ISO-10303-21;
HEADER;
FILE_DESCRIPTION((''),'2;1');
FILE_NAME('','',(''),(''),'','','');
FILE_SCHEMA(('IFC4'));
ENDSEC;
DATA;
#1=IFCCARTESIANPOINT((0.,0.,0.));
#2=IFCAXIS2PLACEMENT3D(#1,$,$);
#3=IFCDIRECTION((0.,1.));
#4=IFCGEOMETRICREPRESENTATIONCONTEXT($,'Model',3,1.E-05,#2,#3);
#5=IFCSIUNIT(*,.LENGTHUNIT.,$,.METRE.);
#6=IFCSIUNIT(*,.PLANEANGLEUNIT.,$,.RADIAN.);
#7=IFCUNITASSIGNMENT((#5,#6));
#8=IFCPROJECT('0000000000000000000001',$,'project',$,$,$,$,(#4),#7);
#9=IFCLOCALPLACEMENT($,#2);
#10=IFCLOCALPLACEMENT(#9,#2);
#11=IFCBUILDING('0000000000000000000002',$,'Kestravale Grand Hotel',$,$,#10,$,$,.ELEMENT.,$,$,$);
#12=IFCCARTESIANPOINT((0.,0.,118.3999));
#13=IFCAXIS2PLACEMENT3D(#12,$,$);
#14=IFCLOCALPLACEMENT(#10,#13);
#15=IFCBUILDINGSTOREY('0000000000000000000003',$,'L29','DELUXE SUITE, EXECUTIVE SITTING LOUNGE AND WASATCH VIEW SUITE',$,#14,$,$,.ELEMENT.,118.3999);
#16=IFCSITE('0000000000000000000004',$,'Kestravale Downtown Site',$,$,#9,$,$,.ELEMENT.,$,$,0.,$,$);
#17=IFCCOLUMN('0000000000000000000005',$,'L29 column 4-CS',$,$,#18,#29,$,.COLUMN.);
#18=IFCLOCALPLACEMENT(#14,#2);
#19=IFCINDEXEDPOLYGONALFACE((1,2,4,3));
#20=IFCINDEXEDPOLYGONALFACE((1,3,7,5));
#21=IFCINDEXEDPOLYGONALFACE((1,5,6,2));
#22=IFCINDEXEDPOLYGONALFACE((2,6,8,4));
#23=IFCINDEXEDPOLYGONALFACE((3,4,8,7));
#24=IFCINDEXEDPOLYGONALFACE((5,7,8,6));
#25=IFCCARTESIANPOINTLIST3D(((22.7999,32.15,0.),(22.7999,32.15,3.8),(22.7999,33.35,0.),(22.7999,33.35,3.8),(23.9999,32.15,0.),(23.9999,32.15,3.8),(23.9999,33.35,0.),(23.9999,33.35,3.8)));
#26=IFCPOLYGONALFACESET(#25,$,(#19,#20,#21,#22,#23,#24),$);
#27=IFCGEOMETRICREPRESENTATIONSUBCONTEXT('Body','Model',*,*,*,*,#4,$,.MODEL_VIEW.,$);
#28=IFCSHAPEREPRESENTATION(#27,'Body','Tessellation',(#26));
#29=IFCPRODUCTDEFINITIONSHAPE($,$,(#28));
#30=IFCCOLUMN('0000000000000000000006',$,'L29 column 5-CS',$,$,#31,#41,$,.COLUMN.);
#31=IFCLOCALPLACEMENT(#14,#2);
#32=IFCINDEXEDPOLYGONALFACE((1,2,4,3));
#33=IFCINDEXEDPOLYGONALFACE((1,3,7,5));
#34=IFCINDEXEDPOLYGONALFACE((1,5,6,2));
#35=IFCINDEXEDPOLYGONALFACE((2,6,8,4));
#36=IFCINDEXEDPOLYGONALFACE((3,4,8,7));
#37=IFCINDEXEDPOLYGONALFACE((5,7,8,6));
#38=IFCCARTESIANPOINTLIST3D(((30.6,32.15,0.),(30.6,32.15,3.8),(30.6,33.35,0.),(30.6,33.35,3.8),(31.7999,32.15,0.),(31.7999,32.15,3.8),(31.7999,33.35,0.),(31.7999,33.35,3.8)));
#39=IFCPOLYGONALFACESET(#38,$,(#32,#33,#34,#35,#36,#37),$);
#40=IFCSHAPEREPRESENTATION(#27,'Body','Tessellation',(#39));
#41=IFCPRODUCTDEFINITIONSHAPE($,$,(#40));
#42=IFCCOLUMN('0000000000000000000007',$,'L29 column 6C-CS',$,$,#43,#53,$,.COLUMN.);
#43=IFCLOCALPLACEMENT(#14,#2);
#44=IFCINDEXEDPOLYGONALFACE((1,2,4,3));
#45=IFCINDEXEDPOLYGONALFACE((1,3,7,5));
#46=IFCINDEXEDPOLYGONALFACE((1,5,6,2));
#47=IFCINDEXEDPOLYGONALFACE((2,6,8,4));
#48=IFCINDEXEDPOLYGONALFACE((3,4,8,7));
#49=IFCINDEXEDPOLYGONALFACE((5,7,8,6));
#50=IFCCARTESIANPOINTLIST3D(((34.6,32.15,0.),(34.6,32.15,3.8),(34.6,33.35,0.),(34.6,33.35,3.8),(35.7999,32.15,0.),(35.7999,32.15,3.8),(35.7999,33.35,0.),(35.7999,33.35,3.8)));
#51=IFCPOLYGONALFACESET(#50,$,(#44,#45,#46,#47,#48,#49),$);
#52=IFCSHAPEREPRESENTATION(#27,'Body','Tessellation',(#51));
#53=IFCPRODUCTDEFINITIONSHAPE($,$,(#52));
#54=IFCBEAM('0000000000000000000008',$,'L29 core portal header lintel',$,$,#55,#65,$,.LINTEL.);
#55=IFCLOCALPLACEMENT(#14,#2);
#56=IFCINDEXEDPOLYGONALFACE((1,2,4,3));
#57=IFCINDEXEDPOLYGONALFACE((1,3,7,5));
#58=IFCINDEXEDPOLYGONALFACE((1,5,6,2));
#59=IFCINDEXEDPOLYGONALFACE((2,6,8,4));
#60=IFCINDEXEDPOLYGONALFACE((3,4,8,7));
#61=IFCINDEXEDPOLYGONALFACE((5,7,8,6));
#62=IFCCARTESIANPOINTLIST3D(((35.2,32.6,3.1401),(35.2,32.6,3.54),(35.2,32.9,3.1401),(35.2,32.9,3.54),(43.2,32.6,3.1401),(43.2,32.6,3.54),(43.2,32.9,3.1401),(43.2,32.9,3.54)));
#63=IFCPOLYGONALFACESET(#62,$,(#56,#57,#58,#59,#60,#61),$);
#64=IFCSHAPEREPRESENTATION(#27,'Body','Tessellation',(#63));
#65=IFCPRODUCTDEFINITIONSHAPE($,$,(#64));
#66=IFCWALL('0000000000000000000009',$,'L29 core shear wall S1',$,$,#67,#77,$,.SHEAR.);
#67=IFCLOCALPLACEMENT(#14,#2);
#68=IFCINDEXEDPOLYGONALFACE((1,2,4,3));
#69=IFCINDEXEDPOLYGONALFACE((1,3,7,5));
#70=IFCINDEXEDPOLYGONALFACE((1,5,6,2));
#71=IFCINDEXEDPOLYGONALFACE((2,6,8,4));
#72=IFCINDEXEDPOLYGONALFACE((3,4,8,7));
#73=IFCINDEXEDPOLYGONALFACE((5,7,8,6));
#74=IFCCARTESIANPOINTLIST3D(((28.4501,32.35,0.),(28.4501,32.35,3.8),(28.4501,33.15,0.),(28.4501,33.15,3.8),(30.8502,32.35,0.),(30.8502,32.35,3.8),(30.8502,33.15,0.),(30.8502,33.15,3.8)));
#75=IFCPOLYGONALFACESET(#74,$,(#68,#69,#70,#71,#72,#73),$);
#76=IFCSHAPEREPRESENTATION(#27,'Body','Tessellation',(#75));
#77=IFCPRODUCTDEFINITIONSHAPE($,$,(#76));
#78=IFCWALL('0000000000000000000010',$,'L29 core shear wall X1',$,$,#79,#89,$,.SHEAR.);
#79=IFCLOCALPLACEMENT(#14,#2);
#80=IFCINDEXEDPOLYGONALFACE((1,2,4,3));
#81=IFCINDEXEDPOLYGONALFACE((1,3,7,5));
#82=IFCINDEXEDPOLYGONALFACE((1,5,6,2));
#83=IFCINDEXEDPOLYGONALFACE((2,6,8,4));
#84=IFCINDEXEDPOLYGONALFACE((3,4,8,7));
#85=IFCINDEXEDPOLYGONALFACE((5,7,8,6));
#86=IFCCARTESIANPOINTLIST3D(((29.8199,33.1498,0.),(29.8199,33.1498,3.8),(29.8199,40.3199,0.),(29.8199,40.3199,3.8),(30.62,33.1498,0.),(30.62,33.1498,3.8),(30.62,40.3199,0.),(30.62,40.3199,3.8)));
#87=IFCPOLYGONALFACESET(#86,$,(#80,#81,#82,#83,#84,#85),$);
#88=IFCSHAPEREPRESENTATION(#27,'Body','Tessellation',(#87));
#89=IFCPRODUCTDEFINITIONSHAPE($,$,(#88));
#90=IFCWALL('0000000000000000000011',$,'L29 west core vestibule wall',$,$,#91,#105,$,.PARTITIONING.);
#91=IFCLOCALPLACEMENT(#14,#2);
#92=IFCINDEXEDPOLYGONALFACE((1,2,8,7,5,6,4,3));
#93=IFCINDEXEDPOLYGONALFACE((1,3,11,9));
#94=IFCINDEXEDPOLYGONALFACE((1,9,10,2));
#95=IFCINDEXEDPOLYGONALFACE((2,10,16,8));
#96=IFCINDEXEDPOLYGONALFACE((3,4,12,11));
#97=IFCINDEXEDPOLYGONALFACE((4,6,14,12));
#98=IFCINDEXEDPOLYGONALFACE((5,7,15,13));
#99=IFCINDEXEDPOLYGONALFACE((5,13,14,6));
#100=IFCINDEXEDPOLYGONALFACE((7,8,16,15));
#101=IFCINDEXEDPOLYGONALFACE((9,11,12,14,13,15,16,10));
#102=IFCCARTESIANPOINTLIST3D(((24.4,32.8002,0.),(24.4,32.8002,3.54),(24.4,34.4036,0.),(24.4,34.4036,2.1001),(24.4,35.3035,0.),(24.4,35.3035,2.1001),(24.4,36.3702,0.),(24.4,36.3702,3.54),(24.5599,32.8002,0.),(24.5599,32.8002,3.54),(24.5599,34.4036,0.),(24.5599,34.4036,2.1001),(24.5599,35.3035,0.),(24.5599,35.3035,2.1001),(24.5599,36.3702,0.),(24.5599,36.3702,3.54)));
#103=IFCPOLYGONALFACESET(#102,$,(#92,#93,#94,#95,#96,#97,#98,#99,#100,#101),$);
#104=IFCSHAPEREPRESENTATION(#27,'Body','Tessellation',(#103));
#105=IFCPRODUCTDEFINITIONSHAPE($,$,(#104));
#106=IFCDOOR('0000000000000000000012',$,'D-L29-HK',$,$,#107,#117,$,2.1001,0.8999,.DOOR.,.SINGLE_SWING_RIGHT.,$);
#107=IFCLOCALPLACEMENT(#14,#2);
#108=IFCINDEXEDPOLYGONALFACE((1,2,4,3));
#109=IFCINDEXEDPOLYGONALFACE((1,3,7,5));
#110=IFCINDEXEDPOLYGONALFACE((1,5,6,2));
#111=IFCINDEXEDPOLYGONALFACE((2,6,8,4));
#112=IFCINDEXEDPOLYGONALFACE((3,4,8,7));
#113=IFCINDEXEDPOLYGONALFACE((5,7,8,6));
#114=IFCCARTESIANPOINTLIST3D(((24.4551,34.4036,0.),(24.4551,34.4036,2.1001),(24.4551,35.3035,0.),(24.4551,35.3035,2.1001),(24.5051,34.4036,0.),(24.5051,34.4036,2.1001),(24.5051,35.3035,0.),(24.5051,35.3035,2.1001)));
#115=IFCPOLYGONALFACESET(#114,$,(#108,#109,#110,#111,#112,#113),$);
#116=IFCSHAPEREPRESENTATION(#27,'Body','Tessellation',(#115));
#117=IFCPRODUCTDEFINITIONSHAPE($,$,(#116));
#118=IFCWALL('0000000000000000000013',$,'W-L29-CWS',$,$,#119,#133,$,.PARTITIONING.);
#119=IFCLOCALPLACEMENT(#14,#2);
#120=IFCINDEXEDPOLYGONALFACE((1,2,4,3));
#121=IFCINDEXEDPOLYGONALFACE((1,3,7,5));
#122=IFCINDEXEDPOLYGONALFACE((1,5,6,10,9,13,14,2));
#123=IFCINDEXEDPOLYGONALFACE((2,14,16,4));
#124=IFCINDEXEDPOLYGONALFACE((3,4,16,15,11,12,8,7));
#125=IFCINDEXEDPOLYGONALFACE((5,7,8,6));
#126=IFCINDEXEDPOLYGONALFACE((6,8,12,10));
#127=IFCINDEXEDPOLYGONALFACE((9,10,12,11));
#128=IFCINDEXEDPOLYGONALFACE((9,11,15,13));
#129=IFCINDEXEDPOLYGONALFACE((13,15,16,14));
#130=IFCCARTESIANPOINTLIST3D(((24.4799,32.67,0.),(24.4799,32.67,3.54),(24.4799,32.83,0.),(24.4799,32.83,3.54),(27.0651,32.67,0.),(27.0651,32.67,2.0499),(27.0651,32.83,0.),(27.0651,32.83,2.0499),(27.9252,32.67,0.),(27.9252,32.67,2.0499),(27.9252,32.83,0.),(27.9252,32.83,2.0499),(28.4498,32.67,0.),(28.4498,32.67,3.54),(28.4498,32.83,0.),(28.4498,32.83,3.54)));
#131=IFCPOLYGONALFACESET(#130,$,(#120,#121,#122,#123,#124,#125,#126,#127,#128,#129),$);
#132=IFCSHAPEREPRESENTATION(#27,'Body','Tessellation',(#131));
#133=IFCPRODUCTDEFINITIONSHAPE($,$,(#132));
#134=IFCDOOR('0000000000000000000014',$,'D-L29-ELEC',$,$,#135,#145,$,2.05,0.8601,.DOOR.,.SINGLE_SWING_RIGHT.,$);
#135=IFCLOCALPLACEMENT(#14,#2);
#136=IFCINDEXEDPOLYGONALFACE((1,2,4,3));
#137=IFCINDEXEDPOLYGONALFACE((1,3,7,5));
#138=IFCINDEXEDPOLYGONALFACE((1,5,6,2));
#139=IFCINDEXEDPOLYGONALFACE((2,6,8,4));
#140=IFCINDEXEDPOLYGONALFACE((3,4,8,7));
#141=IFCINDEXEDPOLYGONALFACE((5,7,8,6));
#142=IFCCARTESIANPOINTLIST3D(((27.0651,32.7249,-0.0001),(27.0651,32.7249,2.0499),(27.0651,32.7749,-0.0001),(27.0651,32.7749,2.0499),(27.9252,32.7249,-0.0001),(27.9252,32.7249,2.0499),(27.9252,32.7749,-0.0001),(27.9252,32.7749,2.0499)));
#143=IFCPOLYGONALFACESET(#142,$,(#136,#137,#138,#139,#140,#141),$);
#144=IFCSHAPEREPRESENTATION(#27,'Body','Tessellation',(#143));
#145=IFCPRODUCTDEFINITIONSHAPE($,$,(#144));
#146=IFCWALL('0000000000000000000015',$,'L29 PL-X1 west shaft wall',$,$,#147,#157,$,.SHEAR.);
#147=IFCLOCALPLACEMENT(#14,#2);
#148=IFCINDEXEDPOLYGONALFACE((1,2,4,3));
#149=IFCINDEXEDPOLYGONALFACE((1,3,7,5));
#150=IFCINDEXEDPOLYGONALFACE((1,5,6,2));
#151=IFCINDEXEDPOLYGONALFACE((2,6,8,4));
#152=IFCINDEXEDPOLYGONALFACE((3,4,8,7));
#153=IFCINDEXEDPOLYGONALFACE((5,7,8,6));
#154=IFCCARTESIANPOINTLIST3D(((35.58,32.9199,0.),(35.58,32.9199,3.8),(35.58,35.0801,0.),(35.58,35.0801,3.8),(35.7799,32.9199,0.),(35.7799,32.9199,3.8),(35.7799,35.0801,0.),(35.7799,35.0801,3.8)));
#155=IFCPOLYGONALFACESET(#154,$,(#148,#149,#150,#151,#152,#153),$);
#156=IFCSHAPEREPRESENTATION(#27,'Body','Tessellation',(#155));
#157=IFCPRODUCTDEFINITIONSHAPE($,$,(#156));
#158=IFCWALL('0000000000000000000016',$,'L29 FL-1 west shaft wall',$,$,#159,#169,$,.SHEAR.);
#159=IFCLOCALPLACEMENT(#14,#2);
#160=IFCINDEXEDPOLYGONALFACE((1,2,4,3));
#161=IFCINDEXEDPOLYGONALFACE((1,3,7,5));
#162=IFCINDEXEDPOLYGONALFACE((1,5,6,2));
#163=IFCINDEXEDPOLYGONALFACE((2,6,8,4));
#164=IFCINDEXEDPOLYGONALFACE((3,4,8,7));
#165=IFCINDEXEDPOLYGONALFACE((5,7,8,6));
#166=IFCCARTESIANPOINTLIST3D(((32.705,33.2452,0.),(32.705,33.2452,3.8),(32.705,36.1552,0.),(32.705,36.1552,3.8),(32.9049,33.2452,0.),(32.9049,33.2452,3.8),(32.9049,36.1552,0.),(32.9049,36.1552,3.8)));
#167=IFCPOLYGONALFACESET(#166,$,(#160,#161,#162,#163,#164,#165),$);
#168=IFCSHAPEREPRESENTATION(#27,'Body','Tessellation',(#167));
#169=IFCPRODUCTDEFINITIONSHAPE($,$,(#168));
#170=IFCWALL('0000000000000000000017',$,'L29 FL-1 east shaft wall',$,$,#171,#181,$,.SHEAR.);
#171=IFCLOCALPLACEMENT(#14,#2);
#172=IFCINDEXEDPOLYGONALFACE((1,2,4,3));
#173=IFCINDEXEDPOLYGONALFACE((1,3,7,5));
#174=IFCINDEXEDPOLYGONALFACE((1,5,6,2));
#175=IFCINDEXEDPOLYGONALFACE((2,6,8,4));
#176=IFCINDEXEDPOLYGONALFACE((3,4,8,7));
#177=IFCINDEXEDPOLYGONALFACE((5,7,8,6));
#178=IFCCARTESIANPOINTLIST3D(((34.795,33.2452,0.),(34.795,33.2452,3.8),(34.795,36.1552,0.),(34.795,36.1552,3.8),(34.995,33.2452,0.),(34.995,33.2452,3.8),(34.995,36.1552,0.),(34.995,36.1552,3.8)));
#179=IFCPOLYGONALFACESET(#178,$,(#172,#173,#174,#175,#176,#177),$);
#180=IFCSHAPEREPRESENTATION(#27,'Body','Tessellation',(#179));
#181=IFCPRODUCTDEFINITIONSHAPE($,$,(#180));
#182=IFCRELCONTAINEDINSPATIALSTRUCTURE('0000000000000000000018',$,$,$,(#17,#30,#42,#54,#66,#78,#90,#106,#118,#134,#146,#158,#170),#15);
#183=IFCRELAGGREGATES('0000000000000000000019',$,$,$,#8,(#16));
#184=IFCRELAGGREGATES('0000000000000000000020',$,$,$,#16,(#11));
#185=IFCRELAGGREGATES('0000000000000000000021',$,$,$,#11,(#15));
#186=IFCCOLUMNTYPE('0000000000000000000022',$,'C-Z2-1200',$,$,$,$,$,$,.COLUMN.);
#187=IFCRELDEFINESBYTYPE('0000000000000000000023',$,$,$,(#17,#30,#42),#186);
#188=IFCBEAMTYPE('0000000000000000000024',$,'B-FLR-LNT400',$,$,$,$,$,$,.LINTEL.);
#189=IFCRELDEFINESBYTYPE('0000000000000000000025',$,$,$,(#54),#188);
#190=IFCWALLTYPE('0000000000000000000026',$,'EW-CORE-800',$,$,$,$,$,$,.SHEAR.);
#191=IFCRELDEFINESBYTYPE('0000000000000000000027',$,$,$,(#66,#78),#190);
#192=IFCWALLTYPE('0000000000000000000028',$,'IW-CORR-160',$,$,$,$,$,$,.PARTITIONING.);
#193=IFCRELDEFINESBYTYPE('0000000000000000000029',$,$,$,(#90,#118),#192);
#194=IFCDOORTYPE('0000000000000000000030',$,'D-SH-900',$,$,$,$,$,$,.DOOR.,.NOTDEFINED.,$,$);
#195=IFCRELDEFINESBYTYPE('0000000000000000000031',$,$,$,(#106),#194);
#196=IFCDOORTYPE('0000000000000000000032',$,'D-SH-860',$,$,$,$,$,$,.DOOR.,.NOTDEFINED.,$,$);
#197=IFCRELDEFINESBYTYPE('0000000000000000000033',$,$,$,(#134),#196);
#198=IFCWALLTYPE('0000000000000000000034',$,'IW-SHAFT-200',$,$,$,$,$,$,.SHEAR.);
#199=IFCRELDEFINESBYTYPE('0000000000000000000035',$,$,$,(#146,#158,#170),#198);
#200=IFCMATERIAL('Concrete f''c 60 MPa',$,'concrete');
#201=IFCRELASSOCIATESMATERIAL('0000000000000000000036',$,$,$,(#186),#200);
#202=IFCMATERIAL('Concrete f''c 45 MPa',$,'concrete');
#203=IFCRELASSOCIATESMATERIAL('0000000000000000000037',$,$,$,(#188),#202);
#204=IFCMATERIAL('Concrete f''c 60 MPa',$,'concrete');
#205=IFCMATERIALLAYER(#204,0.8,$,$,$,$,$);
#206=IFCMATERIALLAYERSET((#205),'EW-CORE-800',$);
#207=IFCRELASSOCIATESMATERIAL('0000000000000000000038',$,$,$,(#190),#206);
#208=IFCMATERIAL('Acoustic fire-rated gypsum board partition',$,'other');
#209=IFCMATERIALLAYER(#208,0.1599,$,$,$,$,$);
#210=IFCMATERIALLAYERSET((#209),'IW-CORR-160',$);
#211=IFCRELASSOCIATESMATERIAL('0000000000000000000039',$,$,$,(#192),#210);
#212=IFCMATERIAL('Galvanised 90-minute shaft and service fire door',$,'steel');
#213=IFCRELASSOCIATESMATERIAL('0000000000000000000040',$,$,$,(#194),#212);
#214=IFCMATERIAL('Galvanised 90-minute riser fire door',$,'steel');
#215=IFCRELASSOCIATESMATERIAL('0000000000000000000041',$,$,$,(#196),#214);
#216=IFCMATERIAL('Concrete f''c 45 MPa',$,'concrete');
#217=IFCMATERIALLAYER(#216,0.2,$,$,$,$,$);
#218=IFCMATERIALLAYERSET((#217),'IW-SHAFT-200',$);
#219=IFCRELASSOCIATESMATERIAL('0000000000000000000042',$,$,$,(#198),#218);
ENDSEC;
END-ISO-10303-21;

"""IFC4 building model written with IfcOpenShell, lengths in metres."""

from ifc_helpers import new_model, si_unit, direction, frame, frame_2d, origin, origin_2d, place, context, subcontext, project, spatial, rectangle, extrude, material, layer, layer_set, material_profile, profile_set, type_object, element, fill, save


model = new_model("IFC4")

# Units and contexts
model_context = context("Model", 3, precision=1e-05, world=origin(), true_north=direction((0.0, 1.0)))
body_context = subcontext(model_context, "Body", "Model", "MODEL_VIEW")
ifc_project = project(units=[si_unit("LENGTHUNIT", "METRE"), si_unit("PLANEANGLEUNIT", "RADIAN")], contexts=[model_context])

# Site, building, storey
site_placement = place(None, origin())
site = spatial("IfcSite", under=ifc_project, at=site_placement, Name="Kestravale Downtown Site", CompositionType="ELEMENT", RefElevation=0.0)
building_placement = place(site_placement, origin())
building = spatial("IfcBuilding", under=site, at=building_placement, Name="Kestravale Grand Hotel", CompositionType="ELEMENT")
storey_placement = place(building_placement, frame((0.0, 0.0, 118.3999)))
storey = spatial("IfcBuildingStorey", under=building, at=storey_placement, Name="L29", Description="DELUXE SUITE, EXECUTIVE SITTING LOUNGE AND WASATCH VIEW SUITE", CompositionType="ELEMENT", Elevation=118.3999)

# Columns
ifc_material_1 = material(Name="Concrete f'c 60 MPa", Category="concrete")
ifc_material_profile_1 = material_profile(ifc_material_1, rectangle(XDim=1.2, YDim=1.2, at=origin_2d()))
ifc_profile_set_1 = profile_set([ifc_material_profile_1], Name="Concrete f'c 60 MPa")
column_type = type_object("IfcColumnType", Name="C-Z2-1200", PredefinedType="COLUMN", material=ifc_profile_set_1)
for number, where, z_axis, x_axis, name in (
    (1, (23.3999, 32.75, 0.0), (0.0, 0.0, 1.0), (1.0, 0.0, 0.0), "L29 column 4-CS"),
    (2, (31.2, 32.75, 0.0), (0.0, 0.0, 1.0), (1.0, 0.0, 0.0), "L29 column 5-CS"),
    (3, (35.2, 32.75, 0.0), (0.0, 0.0, 1.0), (1.0, 0.0, 0.0), "L29 column 6C-CS"),
):
    element("IfcColumn", number, at=place(storey_placement, frame(where, z_axis=z_axis, x_axis=x_axis)), inside=storey, type_object=column_type, Name=name, PredefinedType="COLUMN", context=body_context, shape_type="SweptSolid", body=[
        extrude(rectangle(XDim=1.2, YDim=1.2, at=origin_2d()), origin(), (0.0, 0.0, 1.0), 3.8),
    ])

# Beam
ifc_material_2 = material(Name="Concrete f'c 45 MPa", Category="concrete")
ifc_material_profile_2 = material_profile(ifc_material_2, rectangle(XDim=0.3, YDim=0.3999, at=origin_2d()))
ifc_profile_set_2 = profile_set([ifc_material_profile_2], Name="Concrete f'c 45 MPa")
beam_type = type_object("IfcBeamType", Name="B-FLR-LNT400", PredefinedType="LINTEL", material=ifc_profile_set_2)
beam_placement = place(storey_placement, frame((35.2, 32.75, 3.3401), z_axis=(1.0, 0.0, 0.0), x_axis=(0.0, 1.0, 0.0)))
element("IfcBeam", 4, at=beam_placement, inside=storey, type_object=beam_type, Name="L29 core portal header lintel", PredefinedType="LINTEL", context=body_context, shape_type="SweptSolid", body=[
    extrude(rectangle(XDim=0.3, YDim=0.3999, at=origin_2d()), origin(), (0.0, 0.0, 1.0), 8.0),
])

# Walls
ifc_material_3 = material(Name="Concrete f'c 60 MPa", Category="concrete")
ifc_layer_1 = layer(ifc_material_3, 0.8)
ifc_layer_set_1 = layer_set([ifc_layer_1], Name="EW-CORE-800")
wall_type_1 = type_object("IfcWallType", Name="EW-CORE-800", PredefinedType="SHEAR", material=ifc_layer_set_1)
wall_1_placement = place(storey_placement, frame((28.45, 32.75, 0.0), z_axis=(0.0, 0.0, 1.0), x_axis=(1.0, 0.0, 0.0)))
element("IfcWall", 5, at=wall_1_placement, inside=storey, type_object=wall_type_1, Name="L29 core shear wall S1", PredefinedType="SHEAR", context=body_context, shape_type="SweptSolid", body=[
    extrude(rectangle(XDim=2.4001, YDim=0.8, at=frame_2d((1.2002, 0.0))), origin(), (0.0, 0.0, 1.0), 3.8),
])
wall_2_placement = place(storey_placement, frame((30.22, 33.1499, 0.0), z_axis=(0.0, 0.0, 1.0), x_axis=(0.0, 1.0, 0.0)))
element("IfcWall", 6, at=wall_2_placement, inside=storey, type_object=wall_type_1, Name="L29 core shear wall X1", PredefinedType="SHEAR", context=body_context, shape_type="SweptSolid", body=[
    extrude(rectangle(XDim=7.1702, YDim=0.8, at=frame_2d((3.585, 0.0))), origin(), (0.0, 0.0, 1.0), 3.8),
])

# Walls, openings, doors
ifc_material_4 = material(Name="Acoustic fire-rated gypsum board partition", Category="other")
ifc_layer_2 = layer(ifc_material_4, 0.1599)
ifc_layer_set_2 = layer_set([ifc_layer_2], Name="IW-CORR-160")
wall_type_2 = type_object("IfcWallType", Name="IW-CORR-160", PredefinedType="PARTITIONING", material=ifc_layer_set_2)
wall_3_placement = place(storey_placement, frame((24.48, 32.8, 0.0), z_axis=(0.0, 0.0, 1.0), x_axis=(0.0, 1.0, 0.0)))
wall_3 = element("IfcWall", 7, at=wall_3_placement, inside=storey, type_object=wall_type_2, Name="L29 west core vestibule wall", PredefinedType="PARTITIONING", context=body_context, shape_type="SweptSolid", body=[
    extrude(rectangle(XDim=3.5701, YDim=0.1599, at=frame_2d((1.7852, 0.0))), origin(), (0.0, 0.0, 1.0), 3.54),
])
opening_1_placement = place(wall_3_placement, frame((1.6035, 0.0, 0.0)))
opening_1 = element("IfcOpeningElement", 8, at=opening_1_placement, cuts=wall_3, PredefinedType="OPENING", context=body_context, shape_type="SweptSolid", body=[
    extrude(rectangle(XDim=0.8999, YDim=2.1001, at=frame_2d((0.45, 1.05))), frame((0.0, 0.0898, 0.0), z_axis=(0.0, -1.0, 0.0), x_axis=(1.0, 0.0, 0.0)), (0.0, 0.0, 1.0), 0.1799),
])
ifc_material_5 = material(Name="Galvanised 90-minute shaft and service fire door", Category="steel")
door_type_1 = type_object("IfcDoorType", Name="D-SH-900", OperationType="NOTDEFINED", PredefinedType="DOOR", material=ifc_material_5)
door_1_placement = place(opening_1_placement, origin())
door_1 = element("IfcDoor", 9, at=door_1_placement, inside=storey, type_object=door_type_1, Name="D-L29-HK", OperationType="SINGLE_SWING_RIGHT", OverallHeight=2.1001, OverallWidth=0.8999, PredefinedType="DOOR", context=body_context, shape_type="SweptSolid", body=[
    extrude(rectangle(XDim=0.8999, YDim=2.1001, at=frame_2d((0.45, 1.05))), frame((0.0, 0.0249, 0.0), z_axis=(0.0, -1.0, 0.0), x_axis=(1.0, 0.0, 0.0)), (0.0, 0.0, 1.0), 0.05),
])
fill(opening_1, door_1)
wall_4_placement = place(storey_placement, frame((24.48, 32.75, 0.0), z_axis=(0.0, 0.0, 1.0), x_axis=(1.0, 0.0, 0.0)))
wall_4 = element("IfcWall", 10, at=wall_4_placement, inside=storey, type_object=wall_type_2, Name="W-L29-CWS", PredefinedType="PARTITIONING", context=body_context, shape_type="SweptSolid", body=[
    extrude(rectangle(XDim=3.97, YDim=0.1599, at=frame_2d((1.9849, 0.0))), origin(), (0.0, 0.0, 1.0), 3.54),
])
opening_2_placement = place(wall_4_placement, frame((2.585, 0.0, 0.0)))
opening_2 = element("IfcOpeningElement", 11, at=opening_2_placement, cuts=wall_4, PredefinedType="OPENING", context=body_context, shape_type="SweptSolid", body=[
    extrude(rectangle(XDim=0.8601, YDim=2.05, at=frame_2d((0.4302, 1.0249))), frame((0.0, 0.0898, 0.0), z_axis=(0.0, -1.0, 0.0), x_axis=(1.0, 0.0, 0.0)), (0.0, 0.0, 1.0), 0.1799),
])
ifc_material_6 = material(Name="Galvanised 90-minute riser fire door", Category="steel")
door_type_2 = type_object("IfcDoorType", Name="D-SH-860", OperationType="NOTDEFINED", PredefinedType="DOOR", material=ifc_material_6)
door_2_placement = place(opening_2_placement, origin())
door_2 = element("IfcDoor", 12, at=door_2_placement, inside=storey, type_object=door_type_2, Name="D-L29-ELEC", OperationType="SINGLE_SWING_RIGHT", OverallHeight=2.05, OverallWidth=0.8601, PredefinedType="DOOR", context=body_context, shape_type="SweptSolid", body=[
    extrude(rectangle(XDim=0.8601, YDim=2.05, at=frame_2d((0.4302, 1.0249))), frame((0.0, 0.0249, 0.0), z_axis=(0.0, -1.0, 0.0), x_axis=(1.0, 0.0, 0.0)), (0.0, 0.0, 1.0), 0.05),
])
fill(opening_2, door_2)

# Walls
ifc_material_7 = material(Name="Concrete f'c 45 MPa", Category="concrete")
ifc_layer_3 = layer(ifc_material_7, 0.2)
ifc_layer_set_3 = layer_set([ifc_layer_3], Name="IW-SHAFT-200")
wall_type_3 = type_object("IfcWallType", Name="IW-SHAFT-200", PredefinedType="SHEAR", material=ifc_layer_set_3)
wall_5_placement = place(storey_placement, frame((35.6799, 32.9199, 0.0), z_axis=(0.0, 0.0, 1.0), x_axis=(0.0, 1.0, 0.0)))
element("IfcWall", 13, at=wall_5_placement, inside=storey, type_object=wall_type_3, Name="L29 PL-X1 west shaft wall", PredefinedType="SHEAR", context=body_context, shape_type="SweptSolid", body=[
    extrude(rectangle(XDim=2.1602, YDim=0.2, at=frame_2d((1.0801, 0.0))), origin(), (0.0, 0.0, 1.0), 3.8),
])
for number, where, z_axis, x_axis, name in (
    (14, (32.8049, 33.2451, 0.0), (0.0, 0.0, 1.0), (0.0, 1.0, 0.0), "L29 FL-1 west shaft wall"),
    (15, (34.895, 33.2451, 0.0), (0.0, 0.0, 1.0), (0.0, 1.0, 0.0), "L29 FL-1 east shaft wall"),
):
    element("IfcWall", number, at=place(storey_placement, frame(where, z_axis=z_axis, x_axis=x_axis)), inside=storey, type_object=wall_type_3, Name=name, PredefinedType="SHEAR", context=body_context, shape_type="SweptSolid", body=[
        extrude(rectangle(XDim=2.9099, YDim=0.2, at=frame_2d((1.4551, 0.0))), origin(), (0.0, 0.0, 1.0), 3.8),
    ])

save(model, "model.ifc")
